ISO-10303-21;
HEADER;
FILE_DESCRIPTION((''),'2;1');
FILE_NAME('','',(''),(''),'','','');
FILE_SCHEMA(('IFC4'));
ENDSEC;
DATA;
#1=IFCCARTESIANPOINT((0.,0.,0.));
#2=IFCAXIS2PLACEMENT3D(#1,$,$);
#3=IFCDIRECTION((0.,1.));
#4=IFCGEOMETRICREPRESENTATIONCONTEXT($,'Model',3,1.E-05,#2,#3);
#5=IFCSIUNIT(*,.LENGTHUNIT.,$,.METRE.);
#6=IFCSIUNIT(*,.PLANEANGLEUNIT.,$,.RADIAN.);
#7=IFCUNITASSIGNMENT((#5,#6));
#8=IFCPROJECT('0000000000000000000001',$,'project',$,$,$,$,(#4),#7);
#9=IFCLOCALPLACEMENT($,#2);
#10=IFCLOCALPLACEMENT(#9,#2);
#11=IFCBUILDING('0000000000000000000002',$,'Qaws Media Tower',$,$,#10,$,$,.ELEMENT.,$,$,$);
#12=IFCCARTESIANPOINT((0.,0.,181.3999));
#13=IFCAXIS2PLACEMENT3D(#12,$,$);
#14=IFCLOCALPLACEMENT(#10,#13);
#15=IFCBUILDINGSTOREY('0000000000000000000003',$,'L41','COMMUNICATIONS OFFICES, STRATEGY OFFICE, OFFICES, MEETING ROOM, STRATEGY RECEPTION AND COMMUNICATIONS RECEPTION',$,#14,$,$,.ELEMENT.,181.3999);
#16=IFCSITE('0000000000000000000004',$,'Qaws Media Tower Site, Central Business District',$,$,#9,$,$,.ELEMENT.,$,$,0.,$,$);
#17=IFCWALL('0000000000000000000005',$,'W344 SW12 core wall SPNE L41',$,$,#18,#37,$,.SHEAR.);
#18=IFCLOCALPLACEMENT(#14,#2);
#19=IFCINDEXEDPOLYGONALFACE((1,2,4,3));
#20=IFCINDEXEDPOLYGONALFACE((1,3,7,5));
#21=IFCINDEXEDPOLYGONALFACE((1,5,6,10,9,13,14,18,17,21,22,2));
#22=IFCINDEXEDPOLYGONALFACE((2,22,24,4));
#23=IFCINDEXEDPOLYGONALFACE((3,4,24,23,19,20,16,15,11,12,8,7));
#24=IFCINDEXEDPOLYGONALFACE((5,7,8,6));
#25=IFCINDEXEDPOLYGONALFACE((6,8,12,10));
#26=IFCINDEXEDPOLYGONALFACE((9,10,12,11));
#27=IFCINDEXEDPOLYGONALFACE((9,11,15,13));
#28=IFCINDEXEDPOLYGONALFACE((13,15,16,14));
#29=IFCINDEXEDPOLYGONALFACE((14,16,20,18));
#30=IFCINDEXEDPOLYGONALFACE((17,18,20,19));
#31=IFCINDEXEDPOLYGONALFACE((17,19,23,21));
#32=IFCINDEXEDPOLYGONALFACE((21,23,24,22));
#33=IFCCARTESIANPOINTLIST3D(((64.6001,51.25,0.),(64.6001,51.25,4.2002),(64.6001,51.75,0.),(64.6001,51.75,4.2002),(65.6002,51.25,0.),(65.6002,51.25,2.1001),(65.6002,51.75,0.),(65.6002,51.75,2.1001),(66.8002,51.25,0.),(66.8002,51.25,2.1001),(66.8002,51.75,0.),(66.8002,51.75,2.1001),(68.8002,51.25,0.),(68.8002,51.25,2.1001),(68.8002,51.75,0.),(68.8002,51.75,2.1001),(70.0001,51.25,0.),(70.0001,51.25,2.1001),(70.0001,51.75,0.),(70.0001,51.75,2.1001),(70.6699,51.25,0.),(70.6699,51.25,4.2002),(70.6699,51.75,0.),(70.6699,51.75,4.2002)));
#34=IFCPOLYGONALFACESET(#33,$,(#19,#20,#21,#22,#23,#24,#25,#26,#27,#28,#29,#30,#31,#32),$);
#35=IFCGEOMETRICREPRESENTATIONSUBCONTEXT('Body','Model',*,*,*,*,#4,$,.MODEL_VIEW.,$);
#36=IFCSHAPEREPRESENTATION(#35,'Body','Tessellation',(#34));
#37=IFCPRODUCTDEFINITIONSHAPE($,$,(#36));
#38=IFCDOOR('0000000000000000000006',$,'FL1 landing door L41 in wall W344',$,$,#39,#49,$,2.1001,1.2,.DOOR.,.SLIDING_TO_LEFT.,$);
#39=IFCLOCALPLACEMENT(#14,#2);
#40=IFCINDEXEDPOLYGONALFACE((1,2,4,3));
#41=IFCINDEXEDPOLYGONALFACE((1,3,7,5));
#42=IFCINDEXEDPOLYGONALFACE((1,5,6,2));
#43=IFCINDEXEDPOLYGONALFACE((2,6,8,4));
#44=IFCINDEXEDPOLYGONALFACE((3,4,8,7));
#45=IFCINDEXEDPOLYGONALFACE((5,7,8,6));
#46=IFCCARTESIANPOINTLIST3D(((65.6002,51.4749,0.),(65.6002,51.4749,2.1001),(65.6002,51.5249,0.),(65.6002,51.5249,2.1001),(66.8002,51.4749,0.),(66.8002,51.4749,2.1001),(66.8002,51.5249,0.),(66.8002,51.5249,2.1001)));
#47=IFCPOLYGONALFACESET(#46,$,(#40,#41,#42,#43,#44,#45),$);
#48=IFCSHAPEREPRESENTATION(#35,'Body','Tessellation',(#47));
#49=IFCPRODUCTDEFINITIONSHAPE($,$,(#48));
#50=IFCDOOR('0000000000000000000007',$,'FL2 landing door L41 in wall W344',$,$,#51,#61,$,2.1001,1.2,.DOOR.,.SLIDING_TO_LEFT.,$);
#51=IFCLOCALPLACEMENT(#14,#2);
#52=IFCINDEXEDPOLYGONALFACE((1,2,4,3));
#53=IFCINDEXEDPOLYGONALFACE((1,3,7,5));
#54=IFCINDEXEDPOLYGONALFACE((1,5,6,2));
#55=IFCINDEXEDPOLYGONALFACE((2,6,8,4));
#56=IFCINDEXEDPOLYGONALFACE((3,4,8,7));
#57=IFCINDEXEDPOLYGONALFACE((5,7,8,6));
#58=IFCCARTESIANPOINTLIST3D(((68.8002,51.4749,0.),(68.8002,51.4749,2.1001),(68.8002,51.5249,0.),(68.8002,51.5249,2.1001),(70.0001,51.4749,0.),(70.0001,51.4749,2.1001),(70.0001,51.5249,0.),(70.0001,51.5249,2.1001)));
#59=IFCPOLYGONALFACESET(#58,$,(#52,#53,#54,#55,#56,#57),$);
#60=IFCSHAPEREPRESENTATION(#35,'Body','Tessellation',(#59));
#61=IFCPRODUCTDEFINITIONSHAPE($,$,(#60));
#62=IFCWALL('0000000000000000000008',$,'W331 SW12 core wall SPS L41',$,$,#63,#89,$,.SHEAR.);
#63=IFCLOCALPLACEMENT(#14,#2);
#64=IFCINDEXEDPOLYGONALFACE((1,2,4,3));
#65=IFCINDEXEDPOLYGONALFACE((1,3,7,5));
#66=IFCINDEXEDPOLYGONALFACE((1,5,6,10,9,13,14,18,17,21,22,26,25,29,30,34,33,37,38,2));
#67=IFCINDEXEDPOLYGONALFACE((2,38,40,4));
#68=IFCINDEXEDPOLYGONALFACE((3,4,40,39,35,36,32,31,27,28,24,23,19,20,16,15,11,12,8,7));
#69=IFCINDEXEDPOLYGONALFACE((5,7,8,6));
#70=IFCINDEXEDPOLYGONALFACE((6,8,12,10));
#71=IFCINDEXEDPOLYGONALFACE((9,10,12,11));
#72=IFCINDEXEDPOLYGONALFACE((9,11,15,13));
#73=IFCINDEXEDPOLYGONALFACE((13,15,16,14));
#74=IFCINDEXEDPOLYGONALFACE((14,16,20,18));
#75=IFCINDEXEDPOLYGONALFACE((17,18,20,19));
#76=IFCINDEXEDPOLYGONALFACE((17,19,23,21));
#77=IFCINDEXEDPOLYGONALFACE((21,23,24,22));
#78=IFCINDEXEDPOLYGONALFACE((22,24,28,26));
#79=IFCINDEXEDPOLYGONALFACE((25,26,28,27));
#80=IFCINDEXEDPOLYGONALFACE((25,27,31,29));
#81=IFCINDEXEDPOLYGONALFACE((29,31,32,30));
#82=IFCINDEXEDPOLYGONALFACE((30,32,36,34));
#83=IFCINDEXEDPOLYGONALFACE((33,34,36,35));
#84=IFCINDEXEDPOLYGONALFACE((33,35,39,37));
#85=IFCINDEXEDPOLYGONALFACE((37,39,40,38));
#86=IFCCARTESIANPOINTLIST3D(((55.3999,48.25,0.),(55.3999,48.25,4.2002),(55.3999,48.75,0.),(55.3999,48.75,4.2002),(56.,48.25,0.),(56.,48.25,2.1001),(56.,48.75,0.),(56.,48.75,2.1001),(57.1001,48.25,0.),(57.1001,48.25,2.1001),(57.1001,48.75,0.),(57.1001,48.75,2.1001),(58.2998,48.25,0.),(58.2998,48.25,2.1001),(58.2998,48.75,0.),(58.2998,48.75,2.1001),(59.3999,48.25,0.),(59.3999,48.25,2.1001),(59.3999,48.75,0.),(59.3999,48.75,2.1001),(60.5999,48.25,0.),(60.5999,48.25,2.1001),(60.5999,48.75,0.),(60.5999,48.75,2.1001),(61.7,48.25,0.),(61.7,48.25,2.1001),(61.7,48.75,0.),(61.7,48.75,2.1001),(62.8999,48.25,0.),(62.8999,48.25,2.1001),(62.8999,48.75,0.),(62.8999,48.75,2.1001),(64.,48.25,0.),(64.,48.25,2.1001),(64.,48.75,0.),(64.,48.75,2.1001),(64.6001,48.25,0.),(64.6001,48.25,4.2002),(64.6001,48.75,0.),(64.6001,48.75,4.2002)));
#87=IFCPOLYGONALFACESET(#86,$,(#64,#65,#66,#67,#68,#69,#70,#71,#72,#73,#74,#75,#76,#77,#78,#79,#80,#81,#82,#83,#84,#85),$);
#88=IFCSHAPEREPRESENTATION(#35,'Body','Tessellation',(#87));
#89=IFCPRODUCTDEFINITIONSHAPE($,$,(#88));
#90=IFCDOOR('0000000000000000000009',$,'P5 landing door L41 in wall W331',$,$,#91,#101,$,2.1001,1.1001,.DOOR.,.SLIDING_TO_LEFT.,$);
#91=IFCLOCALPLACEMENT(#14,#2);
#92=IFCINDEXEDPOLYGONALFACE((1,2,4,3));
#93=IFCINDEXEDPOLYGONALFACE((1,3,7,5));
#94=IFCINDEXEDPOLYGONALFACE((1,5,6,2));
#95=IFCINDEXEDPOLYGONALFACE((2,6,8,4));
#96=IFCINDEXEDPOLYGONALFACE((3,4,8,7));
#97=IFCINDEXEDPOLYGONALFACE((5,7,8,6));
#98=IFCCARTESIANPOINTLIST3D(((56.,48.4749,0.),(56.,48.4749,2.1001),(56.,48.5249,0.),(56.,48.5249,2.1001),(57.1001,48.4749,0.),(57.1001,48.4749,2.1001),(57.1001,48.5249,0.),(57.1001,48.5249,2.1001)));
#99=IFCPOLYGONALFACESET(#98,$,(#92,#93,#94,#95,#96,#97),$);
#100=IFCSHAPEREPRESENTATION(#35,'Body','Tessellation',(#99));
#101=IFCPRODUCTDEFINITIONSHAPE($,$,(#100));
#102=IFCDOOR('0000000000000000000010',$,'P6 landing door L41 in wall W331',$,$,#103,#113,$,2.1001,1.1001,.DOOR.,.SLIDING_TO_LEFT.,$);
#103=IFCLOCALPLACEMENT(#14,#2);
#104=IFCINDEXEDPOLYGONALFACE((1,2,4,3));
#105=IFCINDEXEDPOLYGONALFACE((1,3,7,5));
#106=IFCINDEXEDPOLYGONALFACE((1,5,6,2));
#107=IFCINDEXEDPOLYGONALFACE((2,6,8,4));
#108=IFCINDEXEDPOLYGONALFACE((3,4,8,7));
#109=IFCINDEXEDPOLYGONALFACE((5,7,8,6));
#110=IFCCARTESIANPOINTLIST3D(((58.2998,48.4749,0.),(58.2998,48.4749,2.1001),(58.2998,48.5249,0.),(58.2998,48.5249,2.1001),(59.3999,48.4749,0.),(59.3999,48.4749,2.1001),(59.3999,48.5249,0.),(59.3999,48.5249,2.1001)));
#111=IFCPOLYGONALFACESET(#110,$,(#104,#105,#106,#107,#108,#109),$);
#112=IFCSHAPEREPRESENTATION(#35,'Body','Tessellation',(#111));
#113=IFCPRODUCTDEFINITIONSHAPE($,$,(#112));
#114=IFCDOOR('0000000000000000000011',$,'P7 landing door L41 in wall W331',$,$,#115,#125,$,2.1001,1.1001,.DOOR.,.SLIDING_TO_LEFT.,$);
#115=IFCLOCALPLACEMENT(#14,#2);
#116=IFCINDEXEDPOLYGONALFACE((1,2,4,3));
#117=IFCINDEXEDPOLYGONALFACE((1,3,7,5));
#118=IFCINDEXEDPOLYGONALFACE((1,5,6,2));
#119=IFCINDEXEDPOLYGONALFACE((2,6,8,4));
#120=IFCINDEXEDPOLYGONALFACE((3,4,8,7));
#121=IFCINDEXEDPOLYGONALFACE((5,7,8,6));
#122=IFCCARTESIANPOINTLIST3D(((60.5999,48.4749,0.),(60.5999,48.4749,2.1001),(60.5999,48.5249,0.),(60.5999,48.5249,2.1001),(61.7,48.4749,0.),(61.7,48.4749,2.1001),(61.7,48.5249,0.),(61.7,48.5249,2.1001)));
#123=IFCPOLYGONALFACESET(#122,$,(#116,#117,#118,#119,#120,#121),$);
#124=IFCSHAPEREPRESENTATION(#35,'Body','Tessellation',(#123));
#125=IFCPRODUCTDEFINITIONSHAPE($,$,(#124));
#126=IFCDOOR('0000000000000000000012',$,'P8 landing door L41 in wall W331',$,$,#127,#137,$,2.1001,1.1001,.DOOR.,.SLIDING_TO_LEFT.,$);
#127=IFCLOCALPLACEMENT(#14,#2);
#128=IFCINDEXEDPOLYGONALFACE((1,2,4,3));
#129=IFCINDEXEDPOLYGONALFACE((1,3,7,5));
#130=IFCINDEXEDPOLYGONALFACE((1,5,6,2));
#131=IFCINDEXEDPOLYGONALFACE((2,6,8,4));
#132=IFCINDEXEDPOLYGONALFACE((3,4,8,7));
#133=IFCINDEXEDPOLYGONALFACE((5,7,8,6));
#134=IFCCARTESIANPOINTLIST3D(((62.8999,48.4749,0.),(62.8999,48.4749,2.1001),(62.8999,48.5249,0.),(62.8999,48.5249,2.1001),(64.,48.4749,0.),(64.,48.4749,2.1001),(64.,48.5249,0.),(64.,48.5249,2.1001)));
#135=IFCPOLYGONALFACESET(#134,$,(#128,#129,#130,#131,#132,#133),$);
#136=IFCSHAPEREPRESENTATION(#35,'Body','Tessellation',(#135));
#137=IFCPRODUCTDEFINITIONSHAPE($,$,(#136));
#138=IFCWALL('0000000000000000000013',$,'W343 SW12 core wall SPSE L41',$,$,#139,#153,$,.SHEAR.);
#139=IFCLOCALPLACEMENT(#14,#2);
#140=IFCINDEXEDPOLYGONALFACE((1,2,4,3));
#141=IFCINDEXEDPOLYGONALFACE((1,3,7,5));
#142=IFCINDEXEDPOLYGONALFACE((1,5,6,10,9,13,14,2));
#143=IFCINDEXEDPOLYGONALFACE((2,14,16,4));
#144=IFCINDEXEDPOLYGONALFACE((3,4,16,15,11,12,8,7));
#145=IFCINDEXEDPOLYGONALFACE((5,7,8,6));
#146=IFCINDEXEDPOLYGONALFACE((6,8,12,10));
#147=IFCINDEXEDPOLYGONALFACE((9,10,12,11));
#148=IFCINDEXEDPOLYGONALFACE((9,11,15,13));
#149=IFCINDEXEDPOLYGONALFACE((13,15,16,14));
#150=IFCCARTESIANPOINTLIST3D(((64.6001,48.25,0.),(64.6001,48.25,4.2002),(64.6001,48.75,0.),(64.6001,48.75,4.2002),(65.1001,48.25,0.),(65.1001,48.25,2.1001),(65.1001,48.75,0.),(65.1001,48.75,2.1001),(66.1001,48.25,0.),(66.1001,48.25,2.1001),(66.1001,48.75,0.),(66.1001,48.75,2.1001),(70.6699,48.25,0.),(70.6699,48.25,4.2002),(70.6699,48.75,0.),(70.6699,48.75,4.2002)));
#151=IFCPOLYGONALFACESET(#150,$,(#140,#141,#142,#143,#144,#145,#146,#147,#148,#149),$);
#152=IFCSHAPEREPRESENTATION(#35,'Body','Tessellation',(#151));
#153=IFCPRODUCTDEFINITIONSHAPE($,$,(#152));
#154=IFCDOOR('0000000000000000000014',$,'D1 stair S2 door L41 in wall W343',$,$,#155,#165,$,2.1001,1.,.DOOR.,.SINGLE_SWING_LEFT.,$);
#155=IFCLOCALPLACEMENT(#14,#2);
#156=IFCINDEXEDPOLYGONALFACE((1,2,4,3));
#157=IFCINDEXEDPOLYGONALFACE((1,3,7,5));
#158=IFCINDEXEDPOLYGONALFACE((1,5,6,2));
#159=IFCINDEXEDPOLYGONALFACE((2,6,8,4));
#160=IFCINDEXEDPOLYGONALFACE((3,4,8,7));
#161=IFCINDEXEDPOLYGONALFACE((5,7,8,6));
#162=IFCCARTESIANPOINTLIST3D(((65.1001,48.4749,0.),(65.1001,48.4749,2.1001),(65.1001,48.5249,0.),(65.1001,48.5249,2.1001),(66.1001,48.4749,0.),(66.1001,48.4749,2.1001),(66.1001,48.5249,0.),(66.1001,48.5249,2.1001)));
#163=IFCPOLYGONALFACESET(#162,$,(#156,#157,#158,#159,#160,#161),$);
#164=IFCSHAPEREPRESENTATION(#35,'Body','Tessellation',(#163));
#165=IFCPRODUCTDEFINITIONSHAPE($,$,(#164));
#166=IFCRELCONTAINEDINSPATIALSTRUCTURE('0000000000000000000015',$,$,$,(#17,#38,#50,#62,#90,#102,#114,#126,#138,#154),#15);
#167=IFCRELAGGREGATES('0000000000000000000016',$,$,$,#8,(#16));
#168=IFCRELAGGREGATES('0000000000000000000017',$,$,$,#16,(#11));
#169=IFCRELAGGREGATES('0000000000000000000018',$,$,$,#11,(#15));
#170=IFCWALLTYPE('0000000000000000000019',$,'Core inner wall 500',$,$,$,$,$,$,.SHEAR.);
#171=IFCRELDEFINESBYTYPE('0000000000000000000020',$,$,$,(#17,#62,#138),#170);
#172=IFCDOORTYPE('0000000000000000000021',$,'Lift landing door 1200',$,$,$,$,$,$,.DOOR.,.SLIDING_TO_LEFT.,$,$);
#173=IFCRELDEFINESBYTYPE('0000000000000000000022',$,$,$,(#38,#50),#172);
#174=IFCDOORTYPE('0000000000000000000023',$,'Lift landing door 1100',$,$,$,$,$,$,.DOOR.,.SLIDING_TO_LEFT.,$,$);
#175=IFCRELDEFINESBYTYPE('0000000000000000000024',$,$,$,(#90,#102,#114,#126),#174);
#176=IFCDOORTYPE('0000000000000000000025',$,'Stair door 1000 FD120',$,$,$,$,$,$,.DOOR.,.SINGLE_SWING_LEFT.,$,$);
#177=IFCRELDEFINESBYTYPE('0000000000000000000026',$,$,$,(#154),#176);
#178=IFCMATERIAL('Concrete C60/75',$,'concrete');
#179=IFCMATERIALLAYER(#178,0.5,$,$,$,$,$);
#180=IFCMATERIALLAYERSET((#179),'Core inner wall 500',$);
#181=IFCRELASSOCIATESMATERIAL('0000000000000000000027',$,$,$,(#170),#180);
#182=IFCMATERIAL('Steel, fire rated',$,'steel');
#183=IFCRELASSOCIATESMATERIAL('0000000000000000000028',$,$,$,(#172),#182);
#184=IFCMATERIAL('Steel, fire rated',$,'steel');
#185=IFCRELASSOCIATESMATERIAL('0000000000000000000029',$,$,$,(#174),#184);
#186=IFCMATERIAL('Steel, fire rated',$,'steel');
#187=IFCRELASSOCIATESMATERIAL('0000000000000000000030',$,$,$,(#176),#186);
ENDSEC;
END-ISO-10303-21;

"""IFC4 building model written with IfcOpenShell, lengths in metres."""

from ifc_helpers import new_model, si_unit, direction, frame, frame_2d, origin, place, context, subcontext, project, spatial, rectangle, extrude, material, layer, layer_set, type_object, element, fill, save


model = new_model("IFC4")

# Units and contexts
model_context = context("Model", 3, precision=1e-05, world=origin(), true_north=direction((0.0, 1.0)))
body_context = subcontext(model_context, "Body", "Model", "MODEL_VIEW")
ifc_project = project(units=[si_unit("LENGTHUNIT", "METRE"), si_unit("PLANEANGLEUNIT", "RADIAN")], contexts=[model_context])

# Site, building, storey
site_placement = place(None, origin())
site = spatial("IfcSite", under=ifc_project, at=site_placement, Name="Qaws Media Tower Site, Central Business District", CompositionType="ELEMENT", RefElevation=0.0)
building_placement = place(site_placement, origin())
building = spatial("IfcBuilding", under=site, at=building_placement, Name="Qaws Media Tower", CompositionType="ELEMENT")
storey_placement = place(building_placement, frame((0.0, 0.0, 181.3999)))
storey = spatial("IfcBuildingStorey", under=building, at=storey_placement, Name="L41", Description="COMMUNICATIONS OFFICES, STRATEGY OFFICE, OFFICES, MEETING ROOM, STRATEGY RECEPTION AND COMMUNICATIONS RECEPTION", CompositionType="ELEMENT", Elevation=181.3999)

# Walls, openings, doors
ifc_material_1 = material(Name="Concrete C60/75", Category="concrete")
ifc_layer_1 = layer(ifc_material_1, 0.5)
ifc_layer_set_1 = layer_set([ifc_layer_1], Name="Core inner wall 500")
wall_type_1 = type_object("IfcWallType", Name="Core inner wall 500", PredefinedType="SHEAR", material=ifc_layer_set_1)
wall_1_placement = place(storey_placement, frame((64.6001, 51.5, 0.0), z_axis=(0.0, 0.0, 1.0), x_axis=(1.0, 0.0, 0.0)))
wall_1 = element("IfcWall", 1, at=wall_1_placement, inside=storey, type_object=wall_type_1, Name="W344 SW12 core wall SPNE L41", PredefinedType="SHEAR", context=body_context, shape_type="SweptSolid", body=[
    extrude(rectangle(XDim=6.0698, YDim=0.5, at=frame_2d((3.0349, 0.0))), origin(), (0.0, 0.0, 1.0), 4.2002),
])
opening_1_placement = place(wall_1_placement, frame((1.0, 0.0, 0.0)))
opening_1 = element("IfcOpeningElement", 2, at=opening_1_placement, cuts=wall_1, PredefinedType="OPENING", context=body_context, shape_type="SweptSolid", body=[
    extrude(rectangle(XDim=1.2, YDim=2.1001, at=frame_2d((0.6001, 1.05))), frame((0.0, 0.26, 0.0), z_axis=(0.0, -1.0, 0.0), x_axis=(1.0, 0.0, 0.0)), (0.0, 0.0, 1.0), 0.52),
])
opening_2_placement = place(wall_1_placement, frame((4.2, 0.0, 0.0)))
opening_2 = element("IfcOpeningElement", 3, at=opening_2_placement, cuts=wall_1, PredefinedType="OPENING", context=body_context, shape_type="SweptSolid", body=[
    extrude(rectangle(XDim=1.2, YDim=2.1001, at=frame_2d((0.6001, 1.05))), frame((0.0, 0.26, 0.0), z_axis=(0.0, -1.0, 0.0), x_axis=(1.0, 0.0, 0.0)), (0.0, 0.0, 1.0), 0.52),
])
ifc_material_2 = material(Name="Steel, fire rated", Category="steel")
door_type_1 = type_object("IfcDoorType", Name="Lift landing door 1200", OperationType="SLIDING_TO_LEFT", PredefinedType="DOOR", material=ifc_material_2)
door_1_placement = place(opening_1_placement, origin())
door_1 = element("IfcDoor", 4, at=door_1_placement, inside=storey, type_object=door_type_1, Name="FL1 landing door L41 in wall W344", OperationType="SLIDING_TO_LEFT", OverallHeight=2.1001, OverallWidth=1.2, PredefinedType="DOOR", context=body_context, shape_type="SweptSolid", body=[
    extrude(rectangle(XDim=1.2, YDim=2.1001, at=frame_2d((0.6001, 1.05))), frame((0.0, 0.0249, 0.0), z_axis=(0.0, -1.0, 0.0), x_axis=(1.0, 0.0, 0.0)), (0.0, 0.0, 1.0), 0.05),
])
fill(opening_1, door_1)
door_2_placement = place(opening_2_placement, origin())
door_2 = element("IfcDoor", 5, at=door_2_placement, inside=storey, type_object=door_type_1, Name="FL2 landing door L41 in wall W344", OperationType="SLIDING_TO_LEFT", OverallHeight=2.1001, OverallWidth=1.2, PredefinedType="DOOR", context=body_context, shape_type="SweptSolid", body=[
    extrude(rectangle(XDim=1.2, YDim=2.1001, at=frame_2d((0.6001, 1.05))), frame((0.0, 0.0249, 0.0), z_axis=(0.0, -1.0, 0.0), x_axis=(1.0, 0.0, 0.0)), (0.0, 0.0, 1.0), 0.05),
])
fill(opening_2, door_2)
wall_2_placement = place(storey_placement, frame((55.3999, 48.5, 0.0), z_axis=(0.0, 0.0, 1.0), x_axis=(1.0, 0.0, 0.0)))
wall_2 = element("IfcWall", 6, at=wall_2_placement, inside=storey, type_object=wall_type_1, Name="W331 SW12 core wall SPS L41", PredefinedType="SHEAR", context=body_context, shape_type="SweptSolid", body=[
    extrude(rectangle(XDim=9.2002, YDim=0.5, at=frame_2d((4.6001, 0.0))), origin(), (0.0, 0.0, 1.0), 4.2002),
])
opening_3_placement = place(wall_2_placement, frame((0.6001, 0.0, 0.0)))
opening_3 = element("IfcOpeningElement", 7, at=opening_3_placement, cuts=wall_2, PredefinedType="OPENING", context=body_context, shape_type="SweptSolid", body=[
    extrude(rectangle(XDim=1.1001, YDim=2.1001, at=frame_2d((0.55, 1.05))), frame((0.0, 0.26, 0.0), z_axis=(0.0, -1.0, 0.0), x_axis=(1.0, 0.0, 0.0)), (0.0, 0.0, 1.0), 0.52),
])
opening_4_placement = place(wall_2_placement, frame((2.8999, 0.0, 0.0)))
opening_4 = element("IfcOpeningElement", 8, at=opening_4_placement, cuts=wall_2, PredefinedType="OPENING", context=body_context, shape_type="SweptSolid", body=[
    extrude(rectangle(XDim=1.1001, YDim=2.1001, at=frame_2d((0.55, 1.05))), frame((0.0, 0.26, 0.0), z_axis=(0.0, -1.0, 0.0), x_axis=(1.0, 0.0, 0.0)), (0.0, 0.0, 1.0), 0.52),
])
opening_5_placement = place(wall_2_placement, frame((5.2, 0.0, 0.0)))
opening_5 = element("IfcOpeningElement", 9, at=opening_5_placement, cuts=wall_2, PredefinedType="OPENING", context=body_context, shape_type="SweptSolid", body=[
    extrude(rectangle(XDim=1.1001, YDim=2.1001, at=frame_2d((0.55, 1.05))), frame((0.0, 0.26, 0.0), z_axis=(0.0, -1.0, 0.0), x_axis=(1.0, 0.0, 0.0)), (0.0, 0.0, 1.0), 0.52),
])
opening_6_placement = place(wall_2_placement, frame((7.5, 0.0, 0.0)))
opening_6 = element("IfcOpeningElement", 10, at=opening_6_placement, cuts=wall_2, PredefinedType="OPENING", context=body_context, shape_type="SweptSolid", body=[
    extrude(rectangle(XDim=1.1001, YDim=2.1001, at=frame_2d((0.55, 1.05))), frame((0.0, 0.26, 0.0), z_axis=(0.0, -1.0, 0.0), x_axis=(1.0, 0.0, 0.0)), (0.0, 0.0, 1.0), 0.52),
])
ifc_material_3 = material(Name="Steel, fire rated", Category="steel")
door_type_2 = type_object("IfcDoorType", Name="Lift landing door 1100", OperationType="SLIDING_TO_LEFT", PredefinedType="DOOR", material=ifc_material_3)
door_3_placement = place(opening_3_placement, origin())
door_3 = element("IfcDoor", 11, at=door_3_placement, inside=storey, type_object=door_type_2, Name="P5 landing door L41 in wall W331", OperationType="SLIDING_TO_LEFT", OverallHeight=2.1001, OverallWidth=1.1001, PredefinedType="DOOR", context=body_context, shape_type="SweptSolid", body=[
    extrude(rectangle(XDim=1.1001, YDim=2.1001, at=frame_2d((0.55, 1.05))), frame((0.0, 0.0249, 0.0), z_axis=(0.0, -1.0, 0.0), x_axis=(1.0, 0.0, 0.0)), (0.0, 0.0, 1.0), 0.05),
])
fill(opening_3, door_3)
door_4_placement = place(opening_4_placement, origin())
door_4 = element("IfcDoor", 12, at=door_4_placement, inside=storey, type_object=door_type_2, Name="P6 landing door L41 in wall W331", OperationType="SLIDING_TO_LEFT", OverallHeight=2.1001, OverallWidth=1.1001, PredefinedType="DOOR", context=body_context, shape_type="SweptSolid", body=[
    extrude(rectangle(XDim=1.1001, YDim=2.1001, at=frame_2d((0.55, 1.05))), frame((0.0, 0.0249, 0.0), z_axis=(0.0, -1.0, 0.0), x_axis=(1.0, 0.0, 0.0)), (0.0, 0.0, 1.0), 0.05),
])
fill(opening_4, door_4)
door_5_placement = place(opening_5_placement, origin())
door_5 = element("IfcDoor", 13, at=door_5_placement, inside=storey, type_object=door_type_2, Name="P7 landing door L41 in wall W331", OperationType="SLIDING_TO_LEFT", OverallHeight=2.1001, OverallWidth=1.1001, PredefinedType="DOOR", context=body_context, shape_type="SweptSolid", body=[
    extrude(rectangle(XDim=1.1001, YDim=2.1001, at=frame_2d((0.55, 1.05))), frame((0.0, 0.0249, 0.0), z_axis=(0.0, -1.0, 0.0), x_axis=(1.0, 0.0, 0.0)), (0.0, 0.0, 1.0), 0.05),
])
fill(opening_5, door_5)
door_6_placement = place(opening_6_placement, origin())
door_6 = element("IfcDoor", 14, at=door_6_placement, inside=storey, type_object=door_type_2, Name="P8 landing door L41 in wall W331", OperationType="SLIDING_TO_LEFT", OverallHeight=2.1001, OverallWidth=1.1001, PredefinedType="DOOR", context=body_context, shape_type="SweptSolid", body=[
    extrude(rectangle(XDim=1.1001, YDim=2.1001, at=frame_2d((0.55, 1.05))), frame((0.0, 0.0249, 0.0), z_axis=(0.0, -1.0, 0.0), x_axis=(1.0, 0.0, 0.0)), (0.0, 0.0, 1.0), 0.05),
])
fill(opening_6, door_6)

# Wall, opening, door
wall_3_placement = place(storey_placement, frame((64.6001, 48.5, 0.0), z_axis=(0.0, 0.0, 1.0), x_axis=(1.0, 0.0, 0.0)))
wall_3 = element("IfcWall", 15, at=wall_3_placement, inside=storey, type_object=wall_type_1, Name="W343 SW12 core wall SPSE L41", PredefinedType="SHEAR", context=body_context, shape_type="SweptSolid", body=[
    extrude(rectangle(XDim=6.0698, YDim=0.5, at=frame_2d((3.0349, 0.0))), origin(), (0.0, 0.0, 1.0), 4.2002),
])
opening_7_placement = place(wall_3_placement, frame((0.5, 0.0, 0.0)))
opening_7 = element("IfcOpeningElement", 16, at=opening_7_placement, cuts=wall_3, PredefinedType="OPENING", context=body_context, shape_type="SweptSolid", body=[
    extrude(rectangle(XDim=1.0, YDim=2.1001, at=frame_2d((0.5, 1.05))), frame((0.0, 0.26, 0.0), z_axis=(0.0, -1.0, 0.0), x_axis=(1.0, 0.0, 0.0)), (0.0, 0.0, 1.0), 0.52),
])
ifc_material_4 = material(Name="Steel, fire rated", Category="steel")
door_type_3 = type_object("IfcDoorType", Name="Stair door 1000 FD120", OperationType="SINGLE_SWING_LEFT", PredefinedType="DOOR", material=ifc_material_4)
door_7_placement = place(opening_7_placement, origin())
door_7 = element("IfcDoor", 17, at=door_7_placement, inside=storey, type_object=door_type_3, Name="D1 stair S2 door L41 in wall W343", OperationType="SINGLE_SWING_LEFT", OverallHeight=2.1001, OverallWidth=1.0, PredefinedType="DOOR", context=body_context, shape_type="SweptSolid", body=[
    extrude(rectangle(XDim=1.0, YDim=2.1001, at=frame_2d((0.5, 1.05))), frame((0.0, 0.0249, 0.0), z_axis=(0.0, -1.0, 0.0), x_axis=(1.0, 0.0, 0.0)), (0.0, 0.0, 1.0), 0.05),
])
fill(opening_7, door_7)

save(model, "model.ifc")
